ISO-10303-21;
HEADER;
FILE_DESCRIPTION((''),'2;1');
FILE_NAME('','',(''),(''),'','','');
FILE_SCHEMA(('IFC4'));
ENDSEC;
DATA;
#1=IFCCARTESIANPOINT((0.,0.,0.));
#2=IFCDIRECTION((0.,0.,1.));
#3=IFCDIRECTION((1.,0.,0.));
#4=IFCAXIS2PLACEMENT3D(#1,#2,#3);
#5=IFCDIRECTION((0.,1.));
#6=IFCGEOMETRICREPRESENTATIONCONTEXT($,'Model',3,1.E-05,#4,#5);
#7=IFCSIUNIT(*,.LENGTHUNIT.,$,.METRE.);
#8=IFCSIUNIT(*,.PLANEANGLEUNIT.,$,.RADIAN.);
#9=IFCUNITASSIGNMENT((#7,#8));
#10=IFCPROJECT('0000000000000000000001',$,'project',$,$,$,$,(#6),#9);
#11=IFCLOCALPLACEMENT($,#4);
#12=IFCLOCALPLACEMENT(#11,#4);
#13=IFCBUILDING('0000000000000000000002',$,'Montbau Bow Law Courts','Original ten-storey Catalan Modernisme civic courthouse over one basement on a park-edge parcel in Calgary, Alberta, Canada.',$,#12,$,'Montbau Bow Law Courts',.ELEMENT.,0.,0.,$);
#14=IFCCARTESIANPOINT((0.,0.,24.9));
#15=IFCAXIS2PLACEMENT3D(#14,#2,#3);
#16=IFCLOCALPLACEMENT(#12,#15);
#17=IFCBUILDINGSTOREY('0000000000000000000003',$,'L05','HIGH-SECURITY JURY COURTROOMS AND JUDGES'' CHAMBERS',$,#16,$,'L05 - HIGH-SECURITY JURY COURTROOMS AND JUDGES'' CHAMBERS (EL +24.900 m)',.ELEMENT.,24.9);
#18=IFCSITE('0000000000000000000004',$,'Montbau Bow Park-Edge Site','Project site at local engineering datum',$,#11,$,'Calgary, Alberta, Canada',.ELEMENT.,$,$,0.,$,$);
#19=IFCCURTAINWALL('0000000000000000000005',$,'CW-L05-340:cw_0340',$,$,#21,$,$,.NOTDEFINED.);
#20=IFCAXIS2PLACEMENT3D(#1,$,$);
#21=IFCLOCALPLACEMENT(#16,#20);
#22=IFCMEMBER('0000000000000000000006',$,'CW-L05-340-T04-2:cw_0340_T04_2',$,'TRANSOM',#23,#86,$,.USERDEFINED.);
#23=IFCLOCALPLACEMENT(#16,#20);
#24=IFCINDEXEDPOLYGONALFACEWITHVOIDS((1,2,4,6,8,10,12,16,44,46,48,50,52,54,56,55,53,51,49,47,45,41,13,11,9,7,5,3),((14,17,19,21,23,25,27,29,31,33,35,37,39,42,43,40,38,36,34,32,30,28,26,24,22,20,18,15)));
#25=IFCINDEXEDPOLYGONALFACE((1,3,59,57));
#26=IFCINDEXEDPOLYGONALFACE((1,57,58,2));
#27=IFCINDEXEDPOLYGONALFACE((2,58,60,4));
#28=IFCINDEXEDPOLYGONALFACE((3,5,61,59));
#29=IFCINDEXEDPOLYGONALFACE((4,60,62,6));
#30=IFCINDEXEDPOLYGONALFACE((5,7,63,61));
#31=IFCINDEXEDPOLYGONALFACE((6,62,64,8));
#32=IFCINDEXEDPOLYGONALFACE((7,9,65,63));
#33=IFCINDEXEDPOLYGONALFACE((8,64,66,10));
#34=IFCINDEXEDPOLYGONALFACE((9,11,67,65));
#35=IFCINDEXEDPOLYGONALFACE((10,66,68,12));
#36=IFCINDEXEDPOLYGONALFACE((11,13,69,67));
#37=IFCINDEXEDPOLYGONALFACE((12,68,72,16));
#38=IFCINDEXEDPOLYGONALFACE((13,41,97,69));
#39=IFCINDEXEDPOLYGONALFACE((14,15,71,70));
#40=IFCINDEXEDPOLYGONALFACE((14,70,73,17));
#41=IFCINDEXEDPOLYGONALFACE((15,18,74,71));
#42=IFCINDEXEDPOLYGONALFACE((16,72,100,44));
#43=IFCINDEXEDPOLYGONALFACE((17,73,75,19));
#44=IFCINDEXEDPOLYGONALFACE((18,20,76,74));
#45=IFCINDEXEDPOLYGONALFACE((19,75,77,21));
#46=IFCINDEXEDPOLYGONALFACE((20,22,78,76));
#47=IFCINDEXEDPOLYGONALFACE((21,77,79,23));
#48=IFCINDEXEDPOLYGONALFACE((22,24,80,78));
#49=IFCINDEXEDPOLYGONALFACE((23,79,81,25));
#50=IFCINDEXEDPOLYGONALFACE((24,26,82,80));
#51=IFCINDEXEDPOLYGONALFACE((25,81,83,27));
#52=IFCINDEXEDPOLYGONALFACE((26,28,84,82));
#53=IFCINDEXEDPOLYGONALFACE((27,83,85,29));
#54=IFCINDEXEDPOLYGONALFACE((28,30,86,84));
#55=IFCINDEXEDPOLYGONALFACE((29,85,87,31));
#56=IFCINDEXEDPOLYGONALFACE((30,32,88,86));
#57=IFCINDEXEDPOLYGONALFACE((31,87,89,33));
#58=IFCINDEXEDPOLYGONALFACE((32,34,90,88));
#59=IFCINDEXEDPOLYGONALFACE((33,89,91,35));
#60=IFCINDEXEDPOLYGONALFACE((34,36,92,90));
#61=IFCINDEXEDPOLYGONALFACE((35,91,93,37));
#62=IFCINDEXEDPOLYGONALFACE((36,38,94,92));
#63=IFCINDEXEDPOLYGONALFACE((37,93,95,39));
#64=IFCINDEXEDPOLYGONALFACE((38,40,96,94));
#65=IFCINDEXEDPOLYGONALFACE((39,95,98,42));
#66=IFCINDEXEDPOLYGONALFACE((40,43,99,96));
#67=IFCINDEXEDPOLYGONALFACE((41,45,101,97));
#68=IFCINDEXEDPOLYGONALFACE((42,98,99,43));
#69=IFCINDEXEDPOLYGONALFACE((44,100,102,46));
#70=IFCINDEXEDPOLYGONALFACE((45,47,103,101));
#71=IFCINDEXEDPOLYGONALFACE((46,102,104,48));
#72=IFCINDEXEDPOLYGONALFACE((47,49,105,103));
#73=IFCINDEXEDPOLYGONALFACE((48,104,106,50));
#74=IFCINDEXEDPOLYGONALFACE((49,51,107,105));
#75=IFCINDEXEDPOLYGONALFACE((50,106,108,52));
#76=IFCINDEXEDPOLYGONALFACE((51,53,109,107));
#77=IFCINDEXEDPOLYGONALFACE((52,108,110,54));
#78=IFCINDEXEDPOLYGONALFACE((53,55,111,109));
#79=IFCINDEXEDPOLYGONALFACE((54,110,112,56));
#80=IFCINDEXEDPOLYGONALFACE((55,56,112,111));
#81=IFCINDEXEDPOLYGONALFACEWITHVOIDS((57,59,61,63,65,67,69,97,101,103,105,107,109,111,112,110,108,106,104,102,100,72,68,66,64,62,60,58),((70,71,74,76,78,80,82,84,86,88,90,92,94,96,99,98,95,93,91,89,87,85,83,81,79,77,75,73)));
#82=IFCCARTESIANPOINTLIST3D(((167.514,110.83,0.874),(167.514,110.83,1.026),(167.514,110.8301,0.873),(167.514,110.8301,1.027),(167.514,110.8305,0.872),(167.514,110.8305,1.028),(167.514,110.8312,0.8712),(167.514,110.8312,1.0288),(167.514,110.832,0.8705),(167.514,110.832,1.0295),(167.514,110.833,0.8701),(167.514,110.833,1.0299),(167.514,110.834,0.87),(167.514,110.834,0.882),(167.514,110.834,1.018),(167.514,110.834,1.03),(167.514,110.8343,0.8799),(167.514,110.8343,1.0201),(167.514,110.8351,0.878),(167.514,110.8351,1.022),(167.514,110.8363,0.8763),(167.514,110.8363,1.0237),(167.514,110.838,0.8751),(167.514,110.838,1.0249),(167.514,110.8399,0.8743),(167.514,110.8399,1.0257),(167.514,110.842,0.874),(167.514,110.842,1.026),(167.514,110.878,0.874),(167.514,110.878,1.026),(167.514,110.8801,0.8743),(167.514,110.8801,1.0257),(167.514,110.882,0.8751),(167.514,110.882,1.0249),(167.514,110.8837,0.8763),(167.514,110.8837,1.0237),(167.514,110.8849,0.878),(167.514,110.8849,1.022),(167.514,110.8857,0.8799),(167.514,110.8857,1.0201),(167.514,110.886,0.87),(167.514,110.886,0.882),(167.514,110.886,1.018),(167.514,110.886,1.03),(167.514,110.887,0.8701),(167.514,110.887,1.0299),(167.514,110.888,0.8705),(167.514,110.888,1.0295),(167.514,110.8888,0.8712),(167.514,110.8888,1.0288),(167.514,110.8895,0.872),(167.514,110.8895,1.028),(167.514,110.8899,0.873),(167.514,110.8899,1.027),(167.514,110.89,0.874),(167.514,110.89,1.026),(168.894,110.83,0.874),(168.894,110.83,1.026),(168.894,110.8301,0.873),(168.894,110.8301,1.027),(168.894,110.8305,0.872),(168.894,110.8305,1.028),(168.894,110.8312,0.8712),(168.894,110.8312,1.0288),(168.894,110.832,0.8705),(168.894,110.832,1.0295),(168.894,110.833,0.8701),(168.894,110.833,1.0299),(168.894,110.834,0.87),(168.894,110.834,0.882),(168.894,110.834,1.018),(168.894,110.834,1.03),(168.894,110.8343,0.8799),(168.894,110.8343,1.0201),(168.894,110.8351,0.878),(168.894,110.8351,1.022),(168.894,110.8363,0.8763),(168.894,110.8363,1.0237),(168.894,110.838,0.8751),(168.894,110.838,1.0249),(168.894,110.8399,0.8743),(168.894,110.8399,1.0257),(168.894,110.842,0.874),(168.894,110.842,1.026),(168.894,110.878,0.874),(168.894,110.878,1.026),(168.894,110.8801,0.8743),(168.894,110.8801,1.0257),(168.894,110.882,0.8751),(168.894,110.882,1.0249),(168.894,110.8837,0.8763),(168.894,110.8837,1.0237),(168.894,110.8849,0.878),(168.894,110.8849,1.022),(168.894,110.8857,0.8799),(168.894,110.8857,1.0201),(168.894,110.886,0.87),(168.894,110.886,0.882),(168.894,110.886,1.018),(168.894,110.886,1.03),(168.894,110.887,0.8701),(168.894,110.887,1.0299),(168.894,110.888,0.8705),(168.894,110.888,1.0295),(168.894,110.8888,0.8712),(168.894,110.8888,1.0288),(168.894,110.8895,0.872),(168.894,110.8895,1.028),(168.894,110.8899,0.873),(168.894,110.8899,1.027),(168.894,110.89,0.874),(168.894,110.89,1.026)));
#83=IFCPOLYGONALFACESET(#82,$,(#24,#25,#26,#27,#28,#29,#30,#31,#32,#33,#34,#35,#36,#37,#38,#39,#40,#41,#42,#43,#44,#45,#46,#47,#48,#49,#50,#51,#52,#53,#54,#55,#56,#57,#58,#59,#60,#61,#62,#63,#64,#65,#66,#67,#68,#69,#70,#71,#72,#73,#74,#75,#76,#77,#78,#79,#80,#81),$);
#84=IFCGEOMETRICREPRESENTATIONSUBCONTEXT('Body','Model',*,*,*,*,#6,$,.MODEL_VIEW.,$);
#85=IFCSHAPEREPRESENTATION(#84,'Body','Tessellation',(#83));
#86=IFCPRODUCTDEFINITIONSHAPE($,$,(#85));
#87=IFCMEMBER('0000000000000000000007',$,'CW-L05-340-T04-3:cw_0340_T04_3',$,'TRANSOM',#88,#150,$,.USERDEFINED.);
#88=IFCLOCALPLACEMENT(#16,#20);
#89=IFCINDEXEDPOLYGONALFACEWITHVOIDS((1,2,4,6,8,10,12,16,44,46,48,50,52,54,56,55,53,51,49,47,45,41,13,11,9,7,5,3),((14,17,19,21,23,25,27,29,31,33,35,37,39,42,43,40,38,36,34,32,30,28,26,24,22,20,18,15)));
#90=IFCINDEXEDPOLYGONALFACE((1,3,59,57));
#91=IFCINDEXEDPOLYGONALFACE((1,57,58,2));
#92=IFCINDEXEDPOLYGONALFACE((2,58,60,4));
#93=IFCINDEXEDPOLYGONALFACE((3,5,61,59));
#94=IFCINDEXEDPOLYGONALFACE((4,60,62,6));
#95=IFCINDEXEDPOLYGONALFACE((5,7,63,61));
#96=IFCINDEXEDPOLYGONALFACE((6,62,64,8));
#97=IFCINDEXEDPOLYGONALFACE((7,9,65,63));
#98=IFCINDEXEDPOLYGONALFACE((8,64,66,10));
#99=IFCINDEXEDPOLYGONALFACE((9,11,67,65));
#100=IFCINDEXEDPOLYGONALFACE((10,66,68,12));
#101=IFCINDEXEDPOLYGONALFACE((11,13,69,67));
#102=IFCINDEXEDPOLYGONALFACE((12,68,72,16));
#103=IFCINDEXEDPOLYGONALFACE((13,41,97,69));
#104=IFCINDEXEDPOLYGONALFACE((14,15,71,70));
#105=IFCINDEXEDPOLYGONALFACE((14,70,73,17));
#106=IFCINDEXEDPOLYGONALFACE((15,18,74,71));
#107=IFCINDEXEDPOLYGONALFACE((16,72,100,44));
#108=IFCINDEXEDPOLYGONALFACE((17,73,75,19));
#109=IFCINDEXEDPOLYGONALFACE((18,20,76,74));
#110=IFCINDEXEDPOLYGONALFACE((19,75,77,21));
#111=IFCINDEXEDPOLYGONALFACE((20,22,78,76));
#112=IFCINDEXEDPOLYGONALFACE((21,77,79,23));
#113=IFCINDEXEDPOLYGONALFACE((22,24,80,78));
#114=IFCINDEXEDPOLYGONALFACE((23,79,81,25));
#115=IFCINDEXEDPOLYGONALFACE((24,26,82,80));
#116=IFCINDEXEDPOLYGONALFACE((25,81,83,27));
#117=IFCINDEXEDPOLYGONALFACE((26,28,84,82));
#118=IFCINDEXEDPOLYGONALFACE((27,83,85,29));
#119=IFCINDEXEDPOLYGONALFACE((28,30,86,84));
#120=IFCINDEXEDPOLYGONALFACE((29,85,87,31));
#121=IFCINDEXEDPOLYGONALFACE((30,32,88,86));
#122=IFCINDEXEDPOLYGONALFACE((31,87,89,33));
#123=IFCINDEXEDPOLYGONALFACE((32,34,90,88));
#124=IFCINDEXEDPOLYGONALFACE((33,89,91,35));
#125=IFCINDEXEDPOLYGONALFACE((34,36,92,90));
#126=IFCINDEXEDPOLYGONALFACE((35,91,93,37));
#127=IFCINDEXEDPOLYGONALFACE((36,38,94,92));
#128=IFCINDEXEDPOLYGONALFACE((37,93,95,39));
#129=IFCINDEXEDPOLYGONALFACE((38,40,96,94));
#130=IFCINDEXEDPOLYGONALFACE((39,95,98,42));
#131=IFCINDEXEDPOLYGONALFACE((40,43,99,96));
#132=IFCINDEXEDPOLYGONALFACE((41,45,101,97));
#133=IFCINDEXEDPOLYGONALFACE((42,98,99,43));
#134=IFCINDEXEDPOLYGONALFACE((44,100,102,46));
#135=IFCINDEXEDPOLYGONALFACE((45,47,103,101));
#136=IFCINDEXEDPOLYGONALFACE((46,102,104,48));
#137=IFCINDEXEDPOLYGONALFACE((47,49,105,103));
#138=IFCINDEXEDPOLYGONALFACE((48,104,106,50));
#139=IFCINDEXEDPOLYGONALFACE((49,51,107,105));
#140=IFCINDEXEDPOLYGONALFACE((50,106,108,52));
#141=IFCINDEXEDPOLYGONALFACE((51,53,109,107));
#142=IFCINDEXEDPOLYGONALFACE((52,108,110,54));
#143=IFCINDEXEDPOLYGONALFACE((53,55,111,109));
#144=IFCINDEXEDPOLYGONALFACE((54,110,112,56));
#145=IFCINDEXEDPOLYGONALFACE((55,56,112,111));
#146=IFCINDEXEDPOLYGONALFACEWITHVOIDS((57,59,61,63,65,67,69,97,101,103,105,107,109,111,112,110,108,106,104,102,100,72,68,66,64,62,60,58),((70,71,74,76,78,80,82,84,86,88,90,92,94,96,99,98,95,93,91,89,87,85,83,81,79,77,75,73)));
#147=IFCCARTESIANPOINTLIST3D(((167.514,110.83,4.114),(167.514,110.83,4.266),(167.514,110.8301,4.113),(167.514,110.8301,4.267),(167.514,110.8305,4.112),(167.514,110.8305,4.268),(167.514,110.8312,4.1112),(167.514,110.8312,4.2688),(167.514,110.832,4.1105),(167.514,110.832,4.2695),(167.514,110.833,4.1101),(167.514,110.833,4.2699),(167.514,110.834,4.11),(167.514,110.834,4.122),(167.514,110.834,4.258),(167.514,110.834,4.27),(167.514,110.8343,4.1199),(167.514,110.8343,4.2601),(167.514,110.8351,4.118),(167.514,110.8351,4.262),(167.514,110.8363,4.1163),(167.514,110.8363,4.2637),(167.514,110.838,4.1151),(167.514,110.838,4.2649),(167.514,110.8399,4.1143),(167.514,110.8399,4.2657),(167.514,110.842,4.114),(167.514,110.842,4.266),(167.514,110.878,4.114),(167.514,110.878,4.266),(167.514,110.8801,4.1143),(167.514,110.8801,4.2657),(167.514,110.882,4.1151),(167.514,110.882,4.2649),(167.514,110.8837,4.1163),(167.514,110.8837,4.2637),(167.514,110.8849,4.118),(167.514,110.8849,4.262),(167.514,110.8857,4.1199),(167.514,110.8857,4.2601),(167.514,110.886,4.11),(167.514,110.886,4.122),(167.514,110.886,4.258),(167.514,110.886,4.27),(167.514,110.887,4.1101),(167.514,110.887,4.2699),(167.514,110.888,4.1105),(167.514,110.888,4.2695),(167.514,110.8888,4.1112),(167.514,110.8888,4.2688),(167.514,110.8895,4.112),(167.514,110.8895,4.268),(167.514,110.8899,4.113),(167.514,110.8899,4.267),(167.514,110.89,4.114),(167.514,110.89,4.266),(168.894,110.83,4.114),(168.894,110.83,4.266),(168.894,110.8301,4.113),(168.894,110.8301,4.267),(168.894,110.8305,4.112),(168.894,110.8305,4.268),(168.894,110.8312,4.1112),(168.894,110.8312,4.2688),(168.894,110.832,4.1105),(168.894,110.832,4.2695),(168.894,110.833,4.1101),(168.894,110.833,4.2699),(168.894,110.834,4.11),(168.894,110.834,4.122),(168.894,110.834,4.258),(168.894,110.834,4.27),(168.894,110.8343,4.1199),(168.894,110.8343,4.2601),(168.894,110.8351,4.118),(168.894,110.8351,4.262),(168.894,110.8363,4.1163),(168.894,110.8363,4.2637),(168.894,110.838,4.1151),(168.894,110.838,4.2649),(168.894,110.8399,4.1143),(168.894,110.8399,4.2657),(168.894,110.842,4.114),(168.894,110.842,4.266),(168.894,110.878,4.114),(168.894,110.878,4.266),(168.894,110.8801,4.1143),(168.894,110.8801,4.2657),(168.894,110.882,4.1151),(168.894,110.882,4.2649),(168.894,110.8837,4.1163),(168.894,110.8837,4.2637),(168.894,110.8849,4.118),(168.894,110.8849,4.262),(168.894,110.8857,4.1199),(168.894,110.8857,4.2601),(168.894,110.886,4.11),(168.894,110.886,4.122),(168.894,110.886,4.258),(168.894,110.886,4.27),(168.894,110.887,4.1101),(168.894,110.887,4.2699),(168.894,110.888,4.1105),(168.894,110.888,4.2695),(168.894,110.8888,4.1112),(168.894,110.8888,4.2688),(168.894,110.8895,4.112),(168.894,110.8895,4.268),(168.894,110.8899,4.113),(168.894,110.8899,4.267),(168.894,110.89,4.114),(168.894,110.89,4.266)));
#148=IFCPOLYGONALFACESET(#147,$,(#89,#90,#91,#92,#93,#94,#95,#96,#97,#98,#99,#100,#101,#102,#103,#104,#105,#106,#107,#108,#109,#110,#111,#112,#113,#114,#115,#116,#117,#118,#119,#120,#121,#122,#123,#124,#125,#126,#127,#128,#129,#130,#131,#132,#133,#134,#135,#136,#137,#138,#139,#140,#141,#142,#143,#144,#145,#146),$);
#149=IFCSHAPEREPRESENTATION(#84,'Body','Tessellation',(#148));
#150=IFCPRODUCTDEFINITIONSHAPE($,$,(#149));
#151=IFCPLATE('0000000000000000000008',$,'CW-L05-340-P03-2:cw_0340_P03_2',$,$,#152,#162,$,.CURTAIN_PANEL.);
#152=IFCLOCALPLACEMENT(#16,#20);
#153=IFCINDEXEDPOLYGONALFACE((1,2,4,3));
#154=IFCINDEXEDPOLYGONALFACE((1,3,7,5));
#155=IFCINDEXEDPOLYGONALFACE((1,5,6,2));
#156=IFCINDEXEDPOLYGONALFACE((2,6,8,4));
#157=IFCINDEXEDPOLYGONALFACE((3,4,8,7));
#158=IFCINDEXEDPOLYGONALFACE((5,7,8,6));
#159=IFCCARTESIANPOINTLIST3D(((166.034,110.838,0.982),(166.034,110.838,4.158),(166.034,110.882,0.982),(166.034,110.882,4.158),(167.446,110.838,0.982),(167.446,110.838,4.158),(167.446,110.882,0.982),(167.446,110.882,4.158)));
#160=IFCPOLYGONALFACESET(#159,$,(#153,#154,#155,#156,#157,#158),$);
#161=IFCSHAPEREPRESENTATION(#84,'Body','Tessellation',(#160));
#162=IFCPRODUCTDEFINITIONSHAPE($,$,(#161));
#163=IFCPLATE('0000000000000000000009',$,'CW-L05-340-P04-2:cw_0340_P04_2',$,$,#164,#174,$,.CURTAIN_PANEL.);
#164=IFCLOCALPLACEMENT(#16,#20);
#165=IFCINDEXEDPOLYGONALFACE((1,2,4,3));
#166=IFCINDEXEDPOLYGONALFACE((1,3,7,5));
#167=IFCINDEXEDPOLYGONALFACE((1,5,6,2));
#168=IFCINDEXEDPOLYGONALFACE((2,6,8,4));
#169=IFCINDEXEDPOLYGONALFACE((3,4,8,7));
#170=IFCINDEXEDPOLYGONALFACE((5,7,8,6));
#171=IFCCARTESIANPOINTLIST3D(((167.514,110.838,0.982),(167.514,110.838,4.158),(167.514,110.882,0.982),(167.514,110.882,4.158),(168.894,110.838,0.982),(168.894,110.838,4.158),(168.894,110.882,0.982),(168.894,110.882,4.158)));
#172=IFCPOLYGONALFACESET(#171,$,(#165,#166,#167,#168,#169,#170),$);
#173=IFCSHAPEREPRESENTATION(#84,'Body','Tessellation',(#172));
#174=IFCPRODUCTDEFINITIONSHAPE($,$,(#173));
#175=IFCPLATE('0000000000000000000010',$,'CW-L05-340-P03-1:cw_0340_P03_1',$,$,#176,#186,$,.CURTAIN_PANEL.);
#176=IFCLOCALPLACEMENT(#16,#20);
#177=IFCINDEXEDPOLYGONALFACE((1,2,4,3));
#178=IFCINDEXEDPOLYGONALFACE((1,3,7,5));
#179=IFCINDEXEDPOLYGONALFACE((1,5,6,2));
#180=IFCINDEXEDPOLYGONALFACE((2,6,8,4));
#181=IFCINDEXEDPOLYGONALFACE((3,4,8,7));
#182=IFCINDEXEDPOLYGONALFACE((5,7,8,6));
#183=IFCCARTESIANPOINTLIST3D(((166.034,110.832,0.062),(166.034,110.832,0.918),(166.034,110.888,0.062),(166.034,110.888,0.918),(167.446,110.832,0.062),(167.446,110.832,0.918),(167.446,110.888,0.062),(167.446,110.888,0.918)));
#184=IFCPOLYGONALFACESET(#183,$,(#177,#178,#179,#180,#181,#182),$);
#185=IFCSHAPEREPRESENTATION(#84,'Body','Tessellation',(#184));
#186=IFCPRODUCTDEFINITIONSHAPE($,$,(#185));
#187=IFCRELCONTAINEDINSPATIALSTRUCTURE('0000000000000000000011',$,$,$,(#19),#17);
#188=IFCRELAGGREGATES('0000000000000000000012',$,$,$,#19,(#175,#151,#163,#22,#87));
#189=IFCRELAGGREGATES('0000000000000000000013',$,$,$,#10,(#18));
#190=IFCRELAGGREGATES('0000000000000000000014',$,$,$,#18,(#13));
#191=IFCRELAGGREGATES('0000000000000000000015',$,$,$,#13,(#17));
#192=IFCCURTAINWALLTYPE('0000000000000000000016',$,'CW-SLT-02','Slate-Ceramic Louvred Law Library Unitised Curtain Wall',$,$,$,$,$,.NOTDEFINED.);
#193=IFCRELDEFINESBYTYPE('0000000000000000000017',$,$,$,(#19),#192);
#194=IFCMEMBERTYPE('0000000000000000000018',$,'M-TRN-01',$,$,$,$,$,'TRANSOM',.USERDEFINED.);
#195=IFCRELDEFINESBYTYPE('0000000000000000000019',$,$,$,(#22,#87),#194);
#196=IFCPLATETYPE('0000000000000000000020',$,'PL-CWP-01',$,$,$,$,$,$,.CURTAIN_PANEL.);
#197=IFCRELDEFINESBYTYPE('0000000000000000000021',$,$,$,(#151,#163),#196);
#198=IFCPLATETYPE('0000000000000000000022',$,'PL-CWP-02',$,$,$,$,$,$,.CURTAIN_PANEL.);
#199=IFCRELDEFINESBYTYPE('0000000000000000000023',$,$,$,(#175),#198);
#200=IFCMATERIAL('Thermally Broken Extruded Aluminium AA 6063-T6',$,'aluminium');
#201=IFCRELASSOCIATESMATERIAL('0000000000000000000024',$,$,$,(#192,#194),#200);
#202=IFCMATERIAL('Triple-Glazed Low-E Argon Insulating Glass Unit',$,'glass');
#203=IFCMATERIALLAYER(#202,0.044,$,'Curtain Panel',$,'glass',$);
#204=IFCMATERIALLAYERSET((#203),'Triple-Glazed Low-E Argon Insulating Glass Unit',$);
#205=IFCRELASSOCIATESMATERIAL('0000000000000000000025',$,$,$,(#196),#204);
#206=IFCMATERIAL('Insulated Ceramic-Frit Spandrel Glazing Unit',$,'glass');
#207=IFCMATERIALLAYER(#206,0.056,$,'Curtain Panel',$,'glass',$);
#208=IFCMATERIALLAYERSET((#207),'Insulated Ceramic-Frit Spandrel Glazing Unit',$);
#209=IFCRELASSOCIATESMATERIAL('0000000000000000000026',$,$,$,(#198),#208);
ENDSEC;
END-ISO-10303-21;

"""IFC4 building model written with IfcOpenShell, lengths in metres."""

from ifc_helpers import new_model, si_unit, direction, frame, frame_2d, origin_with_axes, origin_2d_with_axis, place, context, subcontext, project, spatial, rectangle, hollow_rectangle, extrude, material, layer, layer_set, material_profile, profile_set, type_object, element, aggregate, save


model = new_model("IFC4")

# Units and contexts
model_context = context("Model", 3, precision=1e-05, world=origin_with_axes(), true_north=direction((0.0, 1.0)))
body_context = subcontext(model_context, "Body", "Model", "MODEL_VIEW")
ifc_project = project(units=[si_unit("LENGTHUNIT", "METRE"), si_unit("PLANEANGLEUNIT", "RADIAN")], contexts=[model_context])

# Site, building, storey
site_placement = place(None, origin_with_axes())
site = spatial("IfcSite", under=ifc_project, at=site_placement, Name="Montbau Bow Park-Edge Site", Description="Project site at local engineering datum", LongName="Calgary, Alberta, Canada", CompositionType="ELEMENT", RefElevation=0.0)
building_placement = place(site_placement, origin_with_axes())
building = spatial("IfcBuilding", under=site, at=building_placement, Name="Montbau Bow Law Courts", Description="Original ten-storey Catalan Modernisme civic courthouse over one basement on a park-edge parcel in Calgary, Alberta, Canada.", LongName="Montbau Bow Law Courts", CompositionType="ELEMENT", ElevationOfRefHeight=0.0, ElevationOfTerrain=0.0)
storey_placement = place(building_placement, frame((0.0, 0.0, 24.9), z_axis=(0.0, 0.0, 1.0), x_axis=(1.0, 0.0, 0.0)))
storey = spatial("IfcBuildingStorey", under=building, at=storey_placement, Name="L05", Description="HIGH-SECURITY JURY COURTROOMS AND JUDGES' CHAMBERS", LongName="L05 - HIGH-SECURITY JURY COURTROOMS AND JUDGES' CHAMBERS (EL +24.900 m)", CompositionType="ELEMENT", Elevation=24.9)

# Curtain wall, members, plates
ifc_material_1 = material(Name="Thermally Broken Extruded Aluminium AA 6063-T6", Category="aluminium")
curtain_wall_type = type_object("IfcCurtainWallType", Name="CW-SLT-02", Description="Slate-Ceramic Louvred Law Library Unitised Curtain Wall", PredefinedType="NOTDEFINED", material=ifc_material_1)
curtain_wall_placement = place(None, frame((163.04, 110.86, 24.9), z_axis=(0.0, 0.0, 1.0), x_axis=(1.0, 0.0, 0.0)))
curtain_wall = element("IfcCurtainWall", 1, at=curtain_wall_placement, inside=storey, type_object=curtain_wall_type, Name="CW-L05-340:cw_0340", PredefinedType="NOTDEFINED")
ifc_material_profile_1 = material_profile(ifc_material_1, hollow_rectangle(XDim=0.06, YDim=0.16, WallThickness=0.004, InnerFilletRadius=0.008, OuterFilletRadius=0.004, at=origin_2d_with_axis()), Name="CWT-160X60", Category="Main", Priority=0)
ifc_profile_set_1 = profile_set([ifc_material_profile_1], Name="Thermally Broken Extruded Aluminium AA 6063-T6")
member_type_1 = type_object("IfcMemberType", Name="M-TRN-01", ElementType="TRANSOM", PredefinedType="USERDEFINED", material=ifc_profile_set_1)
member_1_placement = place(None, frame((167.514, 110.86, 25.85), z_axis=(1.0, 0.0, 0.0), x_axis=(0.0, 1.0, 0.0)))
member_1 = element("IfcMember", 2, at=member_1_placement, type_object=member_type_1, Name="CW-L05-340-T04-2:cw_0340_T04_2", ObjectType="TRANSOM", PredefinedType="USERDEFINED", context=body_context, shape_type="SweptSolid", body=[
    extrude(hollow_rectangle(XDim=0.06, YDim=0.16, WallThickness=0.004, InnerFilletRadius=0.008, OuterFilletRadius=0.004, at=origin_2d_with_axis()), origin_with_axes(), (0.0, 0.0, 1.0), 1.38),
])
member_2_placement = place(None, frame((167.514, 110.86, 29.09), z_axis=(1.0, 0.0, 0.0), x_axis=(0.0, 1.0, 0.0)))
member_2 = element("IfcMember", 3, at=member_2_placement, type_object=member_type_1, Name="CW-L05-340-T04-3:cw_0340_T04_3", ObjectType="TRANSOM", PredefinedType="USERDEFINED", context=body_context, shape_type="SweptSolid", body=[
    extrude(hollow_rectangle(XDim=0.06, YDim=0.16, WallThickness=0.004, InnerFilletRadius=0.008, OuterFilletRadius=0.004, at=origin_2d_with_axis()), origin_with_axes(), (0.0, 0.0, 1.0), 1.38),
])
ifc_material_2 = material(Name="Triple-Glazed Low-E Argon Insulating Glass Unit", Category="glass")
ifc_layer_1 = layer(ifc_material_2, 0.044, Name="Curtain Panel", Category="glass")
ifc_layer_set_1 = layer_set([ifc_layer_1], Name="Triple-Glazed Low-E Argon Insulating Glass Unit")
plate_type_1 = type_object("IfcPlateType", Name="PL-CWP-01", PredefinedType="CURTAIN_PANEL", material=ifc_layer_set_1)
plate_1_placement = place(None, frame((166.034, 110.86, 25.882), z_axis=(0.0, -1.0, 0.0), x_axis=(1.0, 0.0, 0.0)))
plate_1 = element("IfcPlate", 4, at=plate_1_placement, type_object=plate_type_1, Name="CW-L05-340-P03-2:cw_0340_P03_2", PredefinedType="CURTAIN_PANEL", context=body_context, shape_type="SweptSolid", body=[
    extrude(rectangle(XDim=1.412, YDim=3.176, at=frame_2d((0.706, 1.588), x_axis=(1.0, 0.0))), frame((0.0, 0.0, -0.022), z_axis=(0.0, 0.0, 1.0), x_axis=(1.0, 0.0, 0.0)), (0.0, 0.0, 1.0), 0.044),
])
plate_2_placement = place(None, frame((167.514, 110.86, 25.882), z_axis=(0.0, -1.0, 0.0), x_axis=(1.0, 0.0, 0.0)))
plate_2 = element("IfcPlate", 5, at=plate_2_placement, type_object=plate_type_1, Name="CW-L05-340-P04-2:cw_0340_P04_2", PredefinedType="CURTAIN_PANEL", context=body_context, shape_type="SweptSolid", body=[
    extrude(rectangle(XDim=1.38, YDim=3.176, at=frame_2d((0.69, 1.588), x_axis=(1.0, 0.0))), frame((0.0, 0.0, -0.022), z_axis=(0.0, 0.0, 1.0), x_axis=(1.0, 0.0, 0.0)), (0.0, 0.0, 1.0), 0.044),
])
ifc_material_3 = material(Name="Insulated Ceramic-Frit Spandrel Glazing Unit", Category="glass")
ifc_layer_2 = layer(ifc_material_3, 0.056, Name="Curtain Panel", Category="glass")
ifc_layer_set_2 = layer_set([ifc_layer_2], Name="Insulated Ceramic-Frit Spandrel Glazing Unit")
plate_type_2 = type_object("IfcPlateType", Name="PL-CWP-02", PredefinedType="CURTAIN_PANEL", material=ifc_layer_set_2)
plate_3_placement = place(None, frame((166.034, 110.86, 24.962), z_axis=(0.0, -1.0, 0.0), x_axis=(1.0, 0.0, 0.0)))
plate_3 = element("IfcPlate", 6, at=plate_3_placement, type_object=plate_type_2, Name="CW-L05-340-P03-1:cw_0340_P03_1", PredefinedType="CURTAIN_PANEL", context=body_context, shape_type="SweptSolid", body=[
    extrude(rectangle(XDim=1.412, YDim=0.856, at=frame_2d((0.706, 0.428), x_axis=(1.0, 0.0))), frame((0.0, 0.0, -0.028), z_axis=(0.0, 0.0, 1.0), x_axis=(1.0, 0.0, 0.0)), (0.0, 0.0, 1.0), 0.056),
])
aggregate(curtain_wall, [plate_3, plate_1, plate_2, member_1, member_2])

save(model, "model.ifc")
